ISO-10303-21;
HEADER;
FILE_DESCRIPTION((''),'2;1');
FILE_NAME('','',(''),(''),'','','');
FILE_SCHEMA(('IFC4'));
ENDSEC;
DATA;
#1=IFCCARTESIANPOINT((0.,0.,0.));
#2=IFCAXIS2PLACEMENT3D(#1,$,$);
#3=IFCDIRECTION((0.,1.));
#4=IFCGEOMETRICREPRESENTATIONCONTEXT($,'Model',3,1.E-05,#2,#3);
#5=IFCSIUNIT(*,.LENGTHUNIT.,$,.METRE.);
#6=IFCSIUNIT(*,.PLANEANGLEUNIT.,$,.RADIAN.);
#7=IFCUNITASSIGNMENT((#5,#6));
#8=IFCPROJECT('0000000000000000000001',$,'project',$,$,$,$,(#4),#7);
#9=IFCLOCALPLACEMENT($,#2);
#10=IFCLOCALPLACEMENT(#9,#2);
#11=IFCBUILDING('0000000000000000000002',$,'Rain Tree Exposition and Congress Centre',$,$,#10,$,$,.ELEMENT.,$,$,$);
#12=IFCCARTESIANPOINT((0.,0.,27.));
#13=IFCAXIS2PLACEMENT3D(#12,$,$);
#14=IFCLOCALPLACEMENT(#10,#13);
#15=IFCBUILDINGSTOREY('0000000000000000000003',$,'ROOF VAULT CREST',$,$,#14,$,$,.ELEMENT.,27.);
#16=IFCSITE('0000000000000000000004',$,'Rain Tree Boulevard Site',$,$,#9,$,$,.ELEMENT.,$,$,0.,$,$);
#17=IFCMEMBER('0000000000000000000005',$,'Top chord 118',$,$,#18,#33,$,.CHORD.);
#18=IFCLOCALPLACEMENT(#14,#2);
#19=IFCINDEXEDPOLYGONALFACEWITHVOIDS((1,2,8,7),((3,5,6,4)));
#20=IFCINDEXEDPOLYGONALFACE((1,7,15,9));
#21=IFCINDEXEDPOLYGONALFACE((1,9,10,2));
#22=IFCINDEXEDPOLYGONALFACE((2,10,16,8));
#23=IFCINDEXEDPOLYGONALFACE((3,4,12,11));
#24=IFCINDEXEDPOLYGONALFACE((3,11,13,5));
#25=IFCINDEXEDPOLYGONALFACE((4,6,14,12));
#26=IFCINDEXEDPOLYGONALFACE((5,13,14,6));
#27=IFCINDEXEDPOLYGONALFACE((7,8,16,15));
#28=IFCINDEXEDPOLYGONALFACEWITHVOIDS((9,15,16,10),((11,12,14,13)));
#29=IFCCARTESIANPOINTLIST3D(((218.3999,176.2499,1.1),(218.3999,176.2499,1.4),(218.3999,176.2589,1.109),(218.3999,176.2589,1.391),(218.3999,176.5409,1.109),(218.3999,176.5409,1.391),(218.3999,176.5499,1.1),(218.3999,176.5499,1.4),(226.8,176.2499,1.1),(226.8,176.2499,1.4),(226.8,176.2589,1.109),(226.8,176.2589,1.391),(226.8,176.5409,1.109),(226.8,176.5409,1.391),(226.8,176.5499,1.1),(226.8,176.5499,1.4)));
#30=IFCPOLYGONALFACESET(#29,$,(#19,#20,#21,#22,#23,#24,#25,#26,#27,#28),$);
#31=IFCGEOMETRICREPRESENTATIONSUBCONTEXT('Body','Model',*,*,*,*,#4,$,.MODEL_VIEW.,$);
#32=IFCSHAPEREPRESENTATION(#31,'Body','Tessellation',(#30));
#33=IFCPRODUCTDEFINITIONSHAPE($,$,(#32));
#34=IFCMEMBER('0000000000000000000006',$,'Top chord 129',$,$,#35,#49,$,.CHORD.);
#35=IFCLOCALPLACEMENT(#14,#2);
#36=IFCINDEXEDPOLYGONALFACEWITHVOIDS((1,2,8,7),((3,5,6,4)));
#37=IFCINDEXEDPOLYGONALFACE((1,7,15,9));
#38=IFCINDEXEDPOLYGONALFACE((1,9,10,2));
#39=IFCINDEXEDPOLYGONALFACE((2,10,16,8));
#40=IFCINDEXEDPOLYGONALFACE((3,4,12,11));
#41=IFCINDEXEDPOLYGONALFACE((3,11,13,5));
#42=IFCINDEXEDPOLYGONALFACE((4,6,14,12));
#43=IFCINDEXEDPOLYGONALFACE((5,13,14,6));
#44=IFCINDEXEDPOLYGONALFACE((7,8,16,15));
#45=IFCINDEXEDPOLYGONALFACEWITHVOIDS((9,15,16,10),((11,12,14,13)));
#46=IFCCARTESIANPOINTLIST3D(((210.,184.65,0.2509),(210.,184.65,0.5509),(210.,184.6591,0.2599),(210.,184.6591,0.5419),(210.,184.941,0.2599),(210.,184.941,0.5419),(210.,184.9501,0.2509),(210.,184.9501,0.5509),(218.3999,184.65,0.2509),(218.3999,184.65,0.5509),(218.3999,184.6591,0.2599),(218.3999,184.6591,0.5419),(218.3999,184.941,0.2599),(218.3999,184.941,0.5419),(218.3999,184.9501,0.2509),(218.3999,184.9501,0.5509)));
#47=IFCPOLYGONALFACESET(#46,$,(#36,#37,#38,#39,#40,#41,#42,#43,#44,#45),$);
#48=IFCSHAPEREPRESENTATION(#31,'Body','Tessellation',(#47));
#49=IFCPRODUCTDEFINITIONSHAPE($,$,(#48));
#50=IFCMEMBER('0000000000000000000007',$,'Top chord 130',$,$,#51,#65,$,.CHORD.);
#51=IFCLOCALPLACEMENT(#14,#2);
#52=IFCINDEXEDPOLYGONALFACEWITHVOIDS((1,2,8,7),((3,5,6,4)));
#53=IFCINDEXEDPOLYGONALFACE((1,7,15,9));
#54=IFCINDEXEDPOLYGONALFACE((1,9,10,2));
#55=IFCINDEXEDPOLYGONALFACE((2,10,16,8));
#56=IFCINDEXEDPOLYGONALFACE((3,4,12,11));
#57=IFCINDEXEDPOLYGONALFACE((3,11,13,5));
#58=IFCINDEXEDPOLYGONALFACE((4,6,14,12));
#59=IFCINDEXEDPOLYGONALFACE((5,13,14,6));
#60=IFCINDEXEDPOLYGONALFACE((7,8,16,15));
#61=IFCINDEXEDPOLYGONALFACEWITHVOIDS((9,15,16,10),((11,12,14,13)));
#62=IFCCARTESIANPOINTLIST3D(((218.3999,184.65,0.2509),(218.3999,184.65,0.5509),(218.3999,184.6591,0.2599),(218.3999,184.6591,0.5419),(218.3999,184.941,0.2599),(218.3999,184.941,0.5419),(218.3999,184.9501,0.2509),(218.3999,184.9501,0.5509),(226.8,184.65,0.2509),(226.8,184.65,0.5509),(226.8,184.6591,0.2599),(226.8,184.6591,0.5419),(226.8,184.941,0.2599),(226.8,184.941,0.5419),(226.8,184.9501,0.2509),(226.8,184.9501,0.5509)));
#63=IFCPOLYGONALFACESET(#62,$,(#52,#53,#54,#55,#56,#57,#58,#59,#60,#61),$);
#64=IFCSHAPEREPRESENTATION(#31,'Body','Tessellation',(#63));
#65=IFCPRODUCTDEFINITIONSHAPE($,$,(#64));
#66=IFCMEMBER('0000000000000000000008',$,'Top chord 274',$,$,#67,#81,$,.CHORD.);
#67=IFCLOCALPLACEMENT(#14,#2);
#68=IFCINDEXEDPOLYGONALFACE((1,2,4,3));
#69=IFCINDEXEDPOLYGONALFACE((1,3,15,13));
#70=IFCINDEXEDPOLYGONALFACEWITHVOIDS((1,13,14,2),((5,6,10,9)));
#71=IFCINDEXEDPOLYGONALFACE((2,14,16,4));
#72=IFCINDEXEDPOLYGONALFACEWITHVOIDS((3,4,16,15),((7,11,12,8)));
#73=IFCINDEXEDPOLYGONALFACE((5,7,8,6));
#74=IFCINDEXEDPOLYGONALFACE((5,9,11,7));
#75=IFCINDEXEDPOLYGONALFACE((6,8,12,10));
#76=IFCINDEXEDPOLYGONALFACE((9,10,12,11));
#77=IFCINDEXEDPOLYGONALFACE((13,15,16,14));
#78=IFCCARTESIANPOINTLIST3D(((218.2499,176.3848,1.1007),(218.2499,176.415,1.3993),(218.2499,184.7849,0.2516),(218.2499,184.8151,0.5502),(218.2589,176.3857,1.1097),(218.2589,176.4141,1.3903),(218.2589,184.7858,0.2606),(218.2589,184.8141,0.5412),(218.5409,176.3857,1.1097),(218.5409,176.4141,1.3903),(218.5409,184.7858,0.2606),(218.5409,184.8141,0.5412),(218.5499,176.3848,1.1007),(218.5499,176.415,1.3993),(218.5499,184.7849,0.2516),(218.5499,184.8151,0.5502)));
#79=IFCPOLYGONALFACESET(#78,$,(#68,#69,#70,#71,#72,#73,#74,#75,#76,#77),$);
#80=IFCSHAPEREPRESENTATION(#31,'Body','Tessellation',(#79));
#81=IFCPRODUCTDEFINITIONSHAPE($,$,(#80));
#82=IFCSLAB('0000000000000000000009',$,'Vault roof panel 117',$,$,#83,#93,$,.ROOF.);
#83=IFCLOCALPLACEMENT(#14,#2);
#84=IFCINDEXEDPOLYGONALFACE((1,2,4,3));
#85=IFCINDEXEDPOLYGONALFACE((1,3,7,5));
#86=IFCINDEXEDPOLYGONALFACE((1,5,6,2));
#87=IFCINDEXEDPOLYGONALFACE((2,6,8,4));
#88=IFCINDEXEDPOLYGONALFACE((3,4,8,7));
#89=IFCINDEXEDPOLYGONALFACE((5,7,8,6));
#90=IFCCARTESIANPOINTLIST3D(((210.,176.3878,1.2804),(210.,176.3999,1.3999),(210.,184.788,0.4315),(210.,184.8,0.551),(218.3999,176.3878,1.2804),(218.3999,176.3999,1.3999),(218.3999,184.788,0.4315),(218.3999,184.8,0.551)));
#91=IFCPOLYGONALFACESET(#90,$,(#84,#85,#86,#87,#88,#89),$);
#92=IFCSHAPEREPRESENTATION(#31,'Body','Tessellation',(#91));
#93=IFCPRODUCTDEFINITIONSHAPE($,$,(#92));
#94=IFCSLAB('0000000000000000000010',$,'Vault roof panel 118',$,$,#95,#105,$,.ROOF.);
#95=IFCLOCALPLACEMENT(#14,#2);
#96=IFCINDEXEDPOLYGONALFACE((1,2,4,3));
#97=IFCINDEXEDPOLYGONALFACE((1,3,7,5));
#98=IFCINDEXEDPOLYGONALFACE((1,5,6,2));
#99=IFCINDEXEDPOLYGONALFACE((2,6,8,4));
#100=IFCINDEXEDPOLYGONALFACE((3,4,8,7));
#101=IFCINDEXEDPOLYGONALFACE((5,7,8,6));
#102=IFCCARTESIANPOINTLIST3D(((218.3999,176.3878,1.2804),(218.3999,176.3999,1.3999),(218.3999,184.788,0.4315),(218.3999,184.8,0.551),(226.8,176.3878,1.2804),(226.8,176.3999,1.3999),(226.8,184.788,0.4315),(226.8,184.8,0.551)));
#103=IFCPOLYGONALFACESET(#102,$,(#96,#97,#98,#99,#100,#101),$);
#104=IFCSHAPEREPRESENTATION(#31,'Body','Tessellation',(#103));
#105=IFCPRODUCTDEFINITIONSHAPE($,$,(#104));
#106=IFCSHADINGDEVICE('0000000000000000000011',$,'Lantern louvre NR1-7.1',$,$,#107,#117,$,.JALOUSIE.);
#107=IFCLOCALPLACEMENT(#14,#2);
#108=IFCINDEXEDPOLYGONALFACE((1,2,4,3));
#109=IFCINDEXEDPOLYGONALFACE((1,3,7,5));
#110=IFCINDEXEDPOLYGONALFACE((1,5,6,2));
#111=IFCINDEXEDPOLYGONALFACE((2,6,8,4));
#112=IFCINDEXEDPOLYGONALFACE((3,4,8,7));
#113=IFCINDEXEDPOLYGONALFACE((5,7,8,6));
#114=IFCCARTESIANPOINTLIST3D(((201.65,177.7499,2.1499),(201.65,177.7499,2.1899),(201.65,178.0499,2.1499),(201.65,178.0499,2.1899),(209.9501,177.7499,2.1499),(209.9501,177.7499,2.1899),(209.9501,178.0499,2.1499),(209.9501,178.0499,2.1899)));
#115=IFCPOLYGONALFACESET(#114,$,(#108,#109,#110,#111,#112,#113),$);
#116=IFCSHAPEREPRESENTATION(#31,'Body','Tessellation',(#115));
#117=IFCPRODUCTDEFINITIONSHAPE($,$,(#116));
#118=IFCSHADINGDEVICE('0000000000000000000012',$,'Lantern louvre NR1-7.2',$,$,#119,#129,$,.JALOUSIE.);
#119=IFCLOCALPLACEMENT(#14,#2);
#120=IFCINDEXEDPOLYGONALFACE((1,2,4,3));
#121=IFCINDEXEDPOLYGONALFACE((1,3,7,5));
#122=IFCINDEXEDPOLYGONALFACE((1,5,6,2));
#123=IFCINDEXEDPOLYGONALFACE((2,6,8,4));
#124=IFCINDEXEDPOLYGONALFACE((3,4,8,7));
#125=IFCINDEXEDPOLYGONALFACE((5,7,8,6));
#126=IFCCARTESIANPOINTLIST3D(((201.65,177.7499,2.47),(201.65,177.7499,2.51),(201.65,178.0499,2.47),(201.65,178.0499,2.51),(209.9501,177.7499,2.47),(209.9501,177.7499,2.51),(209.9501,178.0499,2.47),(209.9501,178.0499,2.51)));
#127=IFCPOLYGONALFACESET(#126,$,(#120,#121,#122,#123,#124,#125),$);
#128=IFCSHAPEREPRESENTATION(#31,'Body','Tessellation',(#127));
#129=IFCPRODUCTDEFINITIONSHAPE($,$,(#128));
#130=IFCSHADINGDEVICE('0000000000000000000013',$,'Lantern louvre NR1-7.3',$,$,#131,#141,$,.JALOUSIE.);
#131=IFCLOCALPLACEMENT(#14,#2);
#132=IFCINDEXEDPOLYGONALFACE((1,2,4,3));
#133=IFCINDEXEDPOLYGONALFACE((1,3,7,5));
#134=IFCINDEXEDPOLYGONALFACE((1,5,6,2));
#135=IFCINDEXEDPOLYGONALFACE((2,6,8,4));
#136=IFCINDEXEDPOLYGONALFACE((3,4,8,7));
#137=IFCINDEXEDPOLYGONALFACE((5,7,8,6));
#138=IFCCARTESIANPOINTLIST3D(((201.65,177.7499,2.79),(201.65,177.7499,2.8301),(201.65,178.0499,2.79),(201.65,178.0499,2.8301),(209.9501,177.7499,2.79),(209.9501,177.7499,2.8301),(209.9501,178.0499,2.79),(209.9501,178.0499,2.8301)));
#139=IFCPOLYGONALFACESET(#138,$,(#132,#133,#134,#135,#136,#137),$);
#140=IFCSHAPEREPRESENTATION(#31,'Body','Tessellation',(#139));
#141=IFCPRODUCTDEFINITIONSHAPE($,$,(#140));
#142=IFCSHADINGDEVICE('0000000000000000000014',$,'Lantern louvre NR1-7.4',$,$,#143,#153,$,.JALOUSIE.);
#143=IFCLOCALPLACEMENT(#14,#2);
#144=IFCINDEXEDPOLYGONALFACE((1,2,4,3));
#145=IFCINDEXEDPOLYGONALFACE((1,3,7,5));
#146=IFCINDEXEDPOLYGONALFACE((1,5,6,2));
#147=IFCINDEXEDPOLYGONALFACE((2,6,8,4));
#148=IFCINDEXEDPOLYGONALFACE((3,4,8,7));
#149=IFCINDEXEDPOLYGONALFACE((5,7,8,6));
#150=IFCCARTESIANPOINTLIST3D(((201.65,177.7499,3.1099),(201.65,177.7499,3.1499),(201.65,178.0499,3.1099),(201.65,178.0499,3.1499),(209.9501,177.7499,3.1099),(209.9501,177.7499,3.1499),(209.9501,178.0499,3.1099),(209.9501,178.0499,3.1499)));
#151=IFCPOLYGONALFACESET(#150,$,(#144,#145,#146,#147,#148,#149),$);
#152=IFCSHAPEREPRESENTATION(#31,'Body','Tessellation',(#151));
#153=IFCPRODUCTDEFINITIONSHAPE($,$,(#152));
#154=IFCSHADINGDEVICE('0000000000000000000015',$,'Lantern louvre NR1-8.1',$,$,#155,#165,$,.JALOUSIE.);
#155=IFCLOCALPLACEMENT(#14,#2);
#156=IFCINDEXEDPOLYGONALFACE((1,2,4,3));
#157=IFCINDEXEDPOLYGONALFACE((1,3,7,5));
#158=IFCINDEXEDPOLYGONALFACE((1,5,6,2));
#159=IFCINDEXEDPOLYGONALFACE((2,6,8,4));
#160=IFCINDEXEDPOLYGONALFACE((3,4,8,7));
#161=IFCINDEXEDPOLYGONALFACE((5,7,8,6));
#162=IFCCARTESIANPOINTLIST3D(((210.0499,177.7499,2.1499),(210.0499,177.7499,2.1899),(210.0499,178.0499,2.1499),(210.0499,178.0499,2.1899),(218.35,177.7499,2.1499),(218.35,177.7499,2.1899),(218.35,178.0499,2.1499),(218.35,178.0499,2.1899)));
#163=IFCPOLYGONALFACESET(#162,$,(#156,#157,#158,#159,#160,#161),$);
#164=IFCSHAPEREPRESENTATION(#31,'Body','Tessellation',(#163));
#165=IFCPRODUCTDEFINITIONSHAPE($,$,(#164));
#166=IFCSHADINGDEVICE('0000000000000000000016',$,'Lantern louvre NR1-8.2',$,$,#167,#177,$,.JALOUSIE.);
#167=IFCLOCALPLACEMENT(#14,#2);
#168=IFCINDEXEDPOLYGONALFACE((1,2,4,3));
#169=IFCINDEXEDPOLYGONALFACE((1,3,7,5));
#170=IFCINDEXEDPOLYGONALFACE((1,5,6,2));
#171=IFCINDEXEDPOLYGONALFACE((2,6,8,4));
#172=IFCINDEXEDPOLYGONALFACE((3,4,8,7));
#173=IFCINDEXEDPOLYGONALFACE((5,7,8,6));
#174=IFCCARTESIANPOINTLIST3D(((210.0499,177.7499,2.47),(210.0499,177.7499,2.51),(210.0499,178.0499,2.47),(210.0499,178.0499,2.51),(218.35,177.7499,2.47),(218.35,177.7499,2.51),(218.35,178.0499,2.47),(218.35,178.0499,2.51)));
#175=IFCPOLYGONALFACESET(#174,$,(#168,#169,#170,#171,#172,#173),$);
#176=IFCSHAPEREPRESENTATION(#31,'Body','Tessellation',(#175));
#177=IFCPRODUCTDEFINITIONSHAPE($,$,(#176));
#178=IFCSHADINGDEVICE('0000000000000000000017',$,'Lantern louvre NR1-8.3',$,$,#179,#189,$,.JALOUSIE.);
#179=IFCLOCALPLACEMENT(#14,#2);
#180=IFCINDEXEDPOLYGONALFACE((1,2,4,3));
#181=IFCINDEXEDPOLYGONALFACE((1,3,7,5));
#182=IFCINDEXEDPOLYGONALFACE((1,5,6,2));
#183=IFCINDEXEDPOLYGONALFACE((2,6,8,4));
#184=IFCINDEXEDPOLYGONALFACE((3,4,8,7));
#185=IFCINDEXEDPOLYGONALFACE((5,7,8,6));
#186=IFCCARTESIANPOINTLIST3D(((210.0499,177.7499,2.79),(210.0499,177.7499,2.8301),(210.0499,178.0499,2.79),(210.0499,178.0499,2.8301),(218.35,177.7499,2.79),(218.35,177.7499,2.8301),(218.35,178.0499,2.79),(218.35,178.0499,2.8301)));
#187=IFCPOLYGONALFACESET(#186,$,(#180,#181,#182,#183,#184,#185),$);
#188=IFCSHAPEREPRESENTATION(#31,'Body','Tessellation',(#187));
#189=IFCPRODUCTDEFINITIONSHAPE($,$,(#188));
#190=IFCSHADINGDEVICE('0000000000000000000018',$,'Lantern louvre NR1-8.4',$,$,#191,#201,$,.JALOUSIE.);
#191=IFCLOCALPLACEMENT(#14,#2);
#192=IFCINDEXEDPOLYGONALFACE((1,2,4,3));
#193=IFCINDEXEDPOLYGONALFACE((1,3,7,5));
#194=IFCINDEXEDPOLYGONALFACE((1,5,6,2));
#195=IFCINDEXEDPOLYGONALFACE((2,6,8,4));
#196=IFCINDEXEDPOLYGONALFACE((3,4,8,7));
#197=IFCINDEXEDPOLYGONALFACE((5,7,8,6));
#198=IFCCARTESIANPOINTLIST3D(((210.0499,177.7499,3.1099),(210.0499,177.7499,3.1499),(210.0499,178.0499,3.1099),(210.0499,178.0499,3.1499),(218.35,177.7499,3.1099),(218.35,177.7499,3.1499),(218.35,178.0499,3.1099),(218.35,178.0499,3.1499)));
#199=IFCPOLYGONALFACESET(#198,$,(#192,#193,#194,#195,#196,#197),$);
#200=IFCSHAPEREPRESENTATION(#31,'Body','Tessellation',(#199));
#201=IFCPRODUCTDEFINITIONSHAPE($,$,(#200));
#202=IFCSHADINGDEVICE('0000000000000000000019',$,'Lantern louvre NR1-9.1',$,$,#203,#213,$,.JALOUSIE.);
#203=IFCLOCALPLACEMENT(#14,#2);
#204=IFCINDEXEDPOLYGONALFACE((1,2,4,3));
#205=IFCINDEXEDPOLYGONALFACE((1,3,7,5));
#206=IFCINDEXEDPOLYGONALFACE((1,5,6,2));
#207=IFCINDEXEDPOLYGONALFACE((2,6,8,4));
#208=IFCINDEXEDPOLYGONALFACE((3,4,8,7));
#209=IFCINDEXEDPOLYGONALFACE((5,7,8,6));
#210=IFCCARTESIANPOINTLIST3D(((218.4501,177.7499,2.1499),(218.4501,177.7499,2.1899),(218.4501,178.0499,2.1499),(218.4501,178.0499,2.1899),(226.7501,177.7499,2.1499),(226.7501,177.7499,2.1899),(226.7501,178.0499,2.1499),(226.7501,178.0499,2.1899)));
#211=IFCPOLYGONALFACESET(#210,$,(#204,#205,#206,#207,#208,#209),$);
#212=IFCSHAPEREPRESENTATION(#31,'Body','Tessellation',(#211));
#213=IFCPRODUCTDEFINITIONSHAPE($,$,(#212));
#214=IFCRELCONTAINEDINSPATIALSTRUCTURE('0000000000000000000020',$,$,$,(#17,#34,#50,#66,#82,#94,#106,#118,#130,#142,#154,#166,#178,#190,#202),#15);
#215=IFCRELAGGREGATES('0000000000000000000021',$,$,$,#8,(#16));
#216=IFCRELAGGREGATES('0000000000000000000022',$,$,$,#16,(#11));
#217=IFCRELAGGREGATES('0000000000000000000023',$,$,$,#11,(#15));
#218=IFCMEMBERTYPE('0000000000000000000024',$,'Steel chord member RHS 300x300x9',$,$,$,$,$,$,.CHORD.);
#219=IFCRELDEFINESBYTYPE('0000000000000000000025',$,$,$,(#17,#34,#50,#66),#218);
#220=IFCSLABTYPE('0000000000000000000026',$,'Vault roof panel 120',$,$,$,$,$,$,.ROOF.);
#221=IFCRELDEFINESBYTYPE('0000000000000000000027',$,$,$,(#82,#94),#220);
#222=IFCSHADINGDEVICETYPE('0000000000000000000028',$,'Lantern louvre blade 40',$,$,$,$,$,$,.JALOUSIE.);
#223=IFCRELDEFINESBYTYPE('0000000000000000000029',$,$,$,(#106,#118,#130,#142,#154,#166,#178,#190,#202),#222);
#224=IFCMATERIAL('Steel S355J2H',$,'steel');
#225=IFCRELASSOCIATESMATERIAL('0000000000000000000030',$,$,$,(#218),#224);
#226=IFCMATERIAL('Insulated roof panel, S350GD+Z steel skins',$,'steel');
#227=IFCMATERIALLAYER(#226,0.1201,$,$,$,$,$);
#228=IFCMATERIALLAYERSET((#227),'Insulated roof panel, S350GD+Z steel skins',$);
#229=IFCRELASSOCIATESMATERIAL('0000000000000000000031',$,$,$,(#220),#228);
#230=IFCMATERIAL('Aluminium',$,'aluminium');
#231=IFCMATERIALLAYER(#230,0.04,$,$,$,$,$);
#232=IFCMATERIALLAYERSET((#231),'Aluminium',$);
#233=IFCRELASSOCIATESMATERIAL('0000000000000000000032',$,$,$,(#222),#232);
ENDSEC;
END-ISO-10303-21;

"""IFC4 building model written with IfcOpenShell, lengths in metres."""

from ifc_helpers import new_model, si_unit, direction, frame, origin, origin_2d, place, context, subcontext, project, spatial, polyline, rectangle, hollow_rectangle, outline, extrude, material, layer, layer_set, material_profile, profile_set, type_object, element, save


model = new_model("IFC4")

# Units and contexts
model_context = context("Model", 3, precision=1e-05, world=origin(), true_north=direction((0.0, 1.0)))
body_context = subcontext(model_context, "Body", "Model", "MODEL_VIEW")
ifc_project = project(units=[si_unit("LENGTHUNIT", "METRE"), si_unit("PLANEANGLEUNIT", "RADIAN")], contexts=[model_context])

# Site, building, storey
site_placement = place(None, origin())
site = spatial("IfcSite", under=ifc_project, at=site_placement, Name="Rain Tree Boulevard Site", CompositionType="ELEMENT", RefElevation=0.0)
building_placement = place(site_placement, origin())
building = spatial("IfcBuilding", under=site, at=building_placement, Name="Rain Tree Exposition and Congress Centre", CompositionType="ELEMENT")
storey_placement = place(building_placement, frame((0.0, 0.0, 27.0)))
storey = spatial("IfcBuildingStorey", under=building, at=storey_placement, Name="ROOF VAULT CREST", CompositionType="ELEMENT", Elevation=27.0)

# Members
ifc_material_1 = material(Name="Steel S355J2H", Category="steel")
ifc_material_profile_1 = material_profile(ifc_material_1, hollow_rectangle(XDim=0.3, YDim=0.3, WallThickness=0.009, at=origin_2d()), Name="RHS 300x300x9")
ifc_profile_set_1 = profile_set([ifc_material_profile_1], Name="Steel S355J2H")
member_type = type_object("IfcMemberType", Name="Steel chord member RHS 300x300x9", PredefinedType="CHORD", material=ifc_profile_set_1)
member_1_placement = place(storey_placement, frame((218.3999, 176.3999, 1.25), z_axis=(1.0, 0.0, 0.0), x_axis=(0.0, 1.0, 0.0)))
element("IfcMember", 1, at=member_1_placement, inside=storey, type_object=member_type, Name="Top chord 118", PredefinedType="CHORD", context=body_context, shape_type="SweptSolid", body=[
    extrude(hollow_rectangle(XDim=0.3, YDim=0.3, WallThickness=0.009, at=origin_2d()), origin(), (0.0, 0.0, 1.0), 8.4001),
])
member_2_placement = place(storey_placement, frame((210.0, 184.8, 0.4009), z_axis=(1.0, 0.0, 0.0), x_axis=(0.0, 1.0, 0.0)))
element("IfcMember", 2, at=member_2_placement, inside=storey, type_object=member_type, Name="Top chord 129", PredefinedType="CHORD", context=body_context, shape_type="SweptSolid", body=[
    extrude(hollow_rectangle(XDim=0.3, YDim=0.3, WallThickness=0.009, at=origin_2d()), origin(), (0.0, 0.0, 1.0), 8.3999),
])
member_3_placement = place(storey_placement, frame((218.3999, 184.8, 0.4009), z_axis=(1.0, 0.0, 0.0), x_axis=(0.0, 1.0, 0.0)))
element("IfcMember", 3, at=member_3_placement, inside=storey, type_object=member_type, Name="Top chord 130", PredefinedType="CHORD", context=body_context, shape_type="SweptSolid", body=[
    extrude(hollow_rectangle(XDim=0.3, YDim=0.3, WallThickness=0.009, at=origin_2d()), origin(), (0.0, 0.0, 1.0), 8.4001),
])
member_4_placement = place(storey_placement, frame((218.3999, 176.3999, 1.25), z_axis=(0.0, 0.99493, -0.100572), x_axis=(-1.0, 0.0, 0.0)))
element("IfcMember", 4, at=member_4_placement, inside=storey, type_object=member_type, Name="Top chord 274", PredefinedType="CHORD", context=body_context, shape_type="SweptSolid", body=[
    extrude(hollow_rectangle(XDim=0.3, YDim=0.3, WallThickness=0.009, at=origin_2d()), origin(), (0.0, 0.0, 1.0), 8.4429),
])

# Slabs
ifc_material_2 = material(Name="Insulated roof panel, S350GD+Z steel skins", Category="steel")
ifc_layer_1 = layer(ifc_material_2, 0.1201)
ifc_layer_set_1 = layer_set([ifc_layer_1], Name="Insulated roof panel, S350GD+Z steel skins")
slab_type = type_object("IfcSlabType", Name="Vault roof panel 120", PredefinedType="ROOF", material=ifc_layer_set_1)
slab_1_placement = place(storey_placement, frame((210.0, 176.3999, 1.3999), z_axis=(0.0, 0.100543, 0.994933), x_axis=(1.0, 0.0, 0.0)))
element("IfcSlab", 5, at=slab_1_placement, inside=storey, type_object=slab_type, Name="Vault roof panel 117", PredefinedType="ROOF", context=body_context, shape_type="SweptSolid", body=[
    extrude(outline(polyline([(0.0, 0.0), (8.3999, 0.0), (8.3999, 8.4429), (0.0, 8.4429), (0.0, 0.0)])), origin(), (0.0, 0.0, -1.0), 0.1201),
])
slab_2_placement = place(storey_placement, frame((218.3999, 176.3999, 1.3999), z_axis=(0.0, 0.100543, 0.994933), x_axis=(1.0, 0.0, 0.0)))
element("IfcSlab", 6, at=slab_2_placement, inside=storey, type_object=slab_type, Name="Vault roof panel 118", PredefinedType="ROOF", context=body_context, shape_type="SweptSolid", body=[
    extrude(outline(polyline([(0.0, 0.0), (8.4001, 0.0), (8.4001, 8.4429), (0.0, 8.4429), (0.0, 0.0)])), origin(), (0.0, 0.0, -1.0), 0.1201),
])

# Shading devices
ifc_material_3 = material(Name="Aluminium", Category="aluminium")
ifc_layer_2 = layer(ifc_material_3, 0.04)
ifc_layer_set_2 = layer_set([ifc_layer_2], Name="Aluminium")
shading_device_type = type_object("IfcShadingDeviceType", Name="Lantern louvre blade 40", PredefinedType="JALOUSIE", material=ifc_layer_set_2)
for number, where, z_axis, x_axis, name in (
    (7, (205.8, 177.8999, 2.1499), (0.0, 0.0, 1.0), (1.0, 0.0, 0.0), "Lantern louvre NR1-7.1"),
    (8, (205.8, 177.8999, 2.47), (0.0, 0.0, 1.0), (1.0, 0.0, 0.0), "Lantern louvre NR1-7.2"),
    (9, (205.8, 177.8999, 2.79), (0.0, 0.0, 1.0), (1.0, 0.0, 0.0), "Lantern louvre NR1-7.3"),
    (10, (205.8, 177.8999, 3.1099), (0.0, 0.0, 1.0), (1.0, 0.0, 0.0), "Lantern louvre NR1-7.4"),
    (11, (214.2, 177.8999, 2.1499), (0.0, 0.0, 1.0), (1.0, 0.0, 0.0), "Lantern louvre NR1-8.1"),
    (12, (214.2, 177.8999, 2.47), (0.0, 0.0, 1.0), (1.0, 0.0, 0.0), "Lantern louvre NR1-8.2"),
    (13, (214.2, 177.8999, 2.79), (0.0, 0.0, 1.0), (1.0, 0.0, 0.0), "Lantern louvre NR1-8.3"),
    (14, (214.2, 177.8999, 3.1099), (0.0, 0.0, 1.0), (1.0, 0.0, 0.0), "Lantern louvre NR1-8.4"),
    (15, (222.6001, 177.8999, 2.1499), (0.0, 0.0, 1.0), (1.0, 0.0, 0.0), "Lantern louvre NR1-9.1"),
):
    element("IfcShadingDevice", number, at=place(storey_placement, frame(where, z_axis=z_axis, x_axis=x_axis)), inside=storey, type_object=shading_device_type, Name=name, PredefinedType="JALOUSIE", context=body_context, shape_type="SweptSolid", body=[
        extrude(rectangle(XDim=8.3, YDim=0.3, at=origin_2d()), origin(), (0.0, 0.0, 1.0), 0.04),
    ])

save(model, "model.ifc")
